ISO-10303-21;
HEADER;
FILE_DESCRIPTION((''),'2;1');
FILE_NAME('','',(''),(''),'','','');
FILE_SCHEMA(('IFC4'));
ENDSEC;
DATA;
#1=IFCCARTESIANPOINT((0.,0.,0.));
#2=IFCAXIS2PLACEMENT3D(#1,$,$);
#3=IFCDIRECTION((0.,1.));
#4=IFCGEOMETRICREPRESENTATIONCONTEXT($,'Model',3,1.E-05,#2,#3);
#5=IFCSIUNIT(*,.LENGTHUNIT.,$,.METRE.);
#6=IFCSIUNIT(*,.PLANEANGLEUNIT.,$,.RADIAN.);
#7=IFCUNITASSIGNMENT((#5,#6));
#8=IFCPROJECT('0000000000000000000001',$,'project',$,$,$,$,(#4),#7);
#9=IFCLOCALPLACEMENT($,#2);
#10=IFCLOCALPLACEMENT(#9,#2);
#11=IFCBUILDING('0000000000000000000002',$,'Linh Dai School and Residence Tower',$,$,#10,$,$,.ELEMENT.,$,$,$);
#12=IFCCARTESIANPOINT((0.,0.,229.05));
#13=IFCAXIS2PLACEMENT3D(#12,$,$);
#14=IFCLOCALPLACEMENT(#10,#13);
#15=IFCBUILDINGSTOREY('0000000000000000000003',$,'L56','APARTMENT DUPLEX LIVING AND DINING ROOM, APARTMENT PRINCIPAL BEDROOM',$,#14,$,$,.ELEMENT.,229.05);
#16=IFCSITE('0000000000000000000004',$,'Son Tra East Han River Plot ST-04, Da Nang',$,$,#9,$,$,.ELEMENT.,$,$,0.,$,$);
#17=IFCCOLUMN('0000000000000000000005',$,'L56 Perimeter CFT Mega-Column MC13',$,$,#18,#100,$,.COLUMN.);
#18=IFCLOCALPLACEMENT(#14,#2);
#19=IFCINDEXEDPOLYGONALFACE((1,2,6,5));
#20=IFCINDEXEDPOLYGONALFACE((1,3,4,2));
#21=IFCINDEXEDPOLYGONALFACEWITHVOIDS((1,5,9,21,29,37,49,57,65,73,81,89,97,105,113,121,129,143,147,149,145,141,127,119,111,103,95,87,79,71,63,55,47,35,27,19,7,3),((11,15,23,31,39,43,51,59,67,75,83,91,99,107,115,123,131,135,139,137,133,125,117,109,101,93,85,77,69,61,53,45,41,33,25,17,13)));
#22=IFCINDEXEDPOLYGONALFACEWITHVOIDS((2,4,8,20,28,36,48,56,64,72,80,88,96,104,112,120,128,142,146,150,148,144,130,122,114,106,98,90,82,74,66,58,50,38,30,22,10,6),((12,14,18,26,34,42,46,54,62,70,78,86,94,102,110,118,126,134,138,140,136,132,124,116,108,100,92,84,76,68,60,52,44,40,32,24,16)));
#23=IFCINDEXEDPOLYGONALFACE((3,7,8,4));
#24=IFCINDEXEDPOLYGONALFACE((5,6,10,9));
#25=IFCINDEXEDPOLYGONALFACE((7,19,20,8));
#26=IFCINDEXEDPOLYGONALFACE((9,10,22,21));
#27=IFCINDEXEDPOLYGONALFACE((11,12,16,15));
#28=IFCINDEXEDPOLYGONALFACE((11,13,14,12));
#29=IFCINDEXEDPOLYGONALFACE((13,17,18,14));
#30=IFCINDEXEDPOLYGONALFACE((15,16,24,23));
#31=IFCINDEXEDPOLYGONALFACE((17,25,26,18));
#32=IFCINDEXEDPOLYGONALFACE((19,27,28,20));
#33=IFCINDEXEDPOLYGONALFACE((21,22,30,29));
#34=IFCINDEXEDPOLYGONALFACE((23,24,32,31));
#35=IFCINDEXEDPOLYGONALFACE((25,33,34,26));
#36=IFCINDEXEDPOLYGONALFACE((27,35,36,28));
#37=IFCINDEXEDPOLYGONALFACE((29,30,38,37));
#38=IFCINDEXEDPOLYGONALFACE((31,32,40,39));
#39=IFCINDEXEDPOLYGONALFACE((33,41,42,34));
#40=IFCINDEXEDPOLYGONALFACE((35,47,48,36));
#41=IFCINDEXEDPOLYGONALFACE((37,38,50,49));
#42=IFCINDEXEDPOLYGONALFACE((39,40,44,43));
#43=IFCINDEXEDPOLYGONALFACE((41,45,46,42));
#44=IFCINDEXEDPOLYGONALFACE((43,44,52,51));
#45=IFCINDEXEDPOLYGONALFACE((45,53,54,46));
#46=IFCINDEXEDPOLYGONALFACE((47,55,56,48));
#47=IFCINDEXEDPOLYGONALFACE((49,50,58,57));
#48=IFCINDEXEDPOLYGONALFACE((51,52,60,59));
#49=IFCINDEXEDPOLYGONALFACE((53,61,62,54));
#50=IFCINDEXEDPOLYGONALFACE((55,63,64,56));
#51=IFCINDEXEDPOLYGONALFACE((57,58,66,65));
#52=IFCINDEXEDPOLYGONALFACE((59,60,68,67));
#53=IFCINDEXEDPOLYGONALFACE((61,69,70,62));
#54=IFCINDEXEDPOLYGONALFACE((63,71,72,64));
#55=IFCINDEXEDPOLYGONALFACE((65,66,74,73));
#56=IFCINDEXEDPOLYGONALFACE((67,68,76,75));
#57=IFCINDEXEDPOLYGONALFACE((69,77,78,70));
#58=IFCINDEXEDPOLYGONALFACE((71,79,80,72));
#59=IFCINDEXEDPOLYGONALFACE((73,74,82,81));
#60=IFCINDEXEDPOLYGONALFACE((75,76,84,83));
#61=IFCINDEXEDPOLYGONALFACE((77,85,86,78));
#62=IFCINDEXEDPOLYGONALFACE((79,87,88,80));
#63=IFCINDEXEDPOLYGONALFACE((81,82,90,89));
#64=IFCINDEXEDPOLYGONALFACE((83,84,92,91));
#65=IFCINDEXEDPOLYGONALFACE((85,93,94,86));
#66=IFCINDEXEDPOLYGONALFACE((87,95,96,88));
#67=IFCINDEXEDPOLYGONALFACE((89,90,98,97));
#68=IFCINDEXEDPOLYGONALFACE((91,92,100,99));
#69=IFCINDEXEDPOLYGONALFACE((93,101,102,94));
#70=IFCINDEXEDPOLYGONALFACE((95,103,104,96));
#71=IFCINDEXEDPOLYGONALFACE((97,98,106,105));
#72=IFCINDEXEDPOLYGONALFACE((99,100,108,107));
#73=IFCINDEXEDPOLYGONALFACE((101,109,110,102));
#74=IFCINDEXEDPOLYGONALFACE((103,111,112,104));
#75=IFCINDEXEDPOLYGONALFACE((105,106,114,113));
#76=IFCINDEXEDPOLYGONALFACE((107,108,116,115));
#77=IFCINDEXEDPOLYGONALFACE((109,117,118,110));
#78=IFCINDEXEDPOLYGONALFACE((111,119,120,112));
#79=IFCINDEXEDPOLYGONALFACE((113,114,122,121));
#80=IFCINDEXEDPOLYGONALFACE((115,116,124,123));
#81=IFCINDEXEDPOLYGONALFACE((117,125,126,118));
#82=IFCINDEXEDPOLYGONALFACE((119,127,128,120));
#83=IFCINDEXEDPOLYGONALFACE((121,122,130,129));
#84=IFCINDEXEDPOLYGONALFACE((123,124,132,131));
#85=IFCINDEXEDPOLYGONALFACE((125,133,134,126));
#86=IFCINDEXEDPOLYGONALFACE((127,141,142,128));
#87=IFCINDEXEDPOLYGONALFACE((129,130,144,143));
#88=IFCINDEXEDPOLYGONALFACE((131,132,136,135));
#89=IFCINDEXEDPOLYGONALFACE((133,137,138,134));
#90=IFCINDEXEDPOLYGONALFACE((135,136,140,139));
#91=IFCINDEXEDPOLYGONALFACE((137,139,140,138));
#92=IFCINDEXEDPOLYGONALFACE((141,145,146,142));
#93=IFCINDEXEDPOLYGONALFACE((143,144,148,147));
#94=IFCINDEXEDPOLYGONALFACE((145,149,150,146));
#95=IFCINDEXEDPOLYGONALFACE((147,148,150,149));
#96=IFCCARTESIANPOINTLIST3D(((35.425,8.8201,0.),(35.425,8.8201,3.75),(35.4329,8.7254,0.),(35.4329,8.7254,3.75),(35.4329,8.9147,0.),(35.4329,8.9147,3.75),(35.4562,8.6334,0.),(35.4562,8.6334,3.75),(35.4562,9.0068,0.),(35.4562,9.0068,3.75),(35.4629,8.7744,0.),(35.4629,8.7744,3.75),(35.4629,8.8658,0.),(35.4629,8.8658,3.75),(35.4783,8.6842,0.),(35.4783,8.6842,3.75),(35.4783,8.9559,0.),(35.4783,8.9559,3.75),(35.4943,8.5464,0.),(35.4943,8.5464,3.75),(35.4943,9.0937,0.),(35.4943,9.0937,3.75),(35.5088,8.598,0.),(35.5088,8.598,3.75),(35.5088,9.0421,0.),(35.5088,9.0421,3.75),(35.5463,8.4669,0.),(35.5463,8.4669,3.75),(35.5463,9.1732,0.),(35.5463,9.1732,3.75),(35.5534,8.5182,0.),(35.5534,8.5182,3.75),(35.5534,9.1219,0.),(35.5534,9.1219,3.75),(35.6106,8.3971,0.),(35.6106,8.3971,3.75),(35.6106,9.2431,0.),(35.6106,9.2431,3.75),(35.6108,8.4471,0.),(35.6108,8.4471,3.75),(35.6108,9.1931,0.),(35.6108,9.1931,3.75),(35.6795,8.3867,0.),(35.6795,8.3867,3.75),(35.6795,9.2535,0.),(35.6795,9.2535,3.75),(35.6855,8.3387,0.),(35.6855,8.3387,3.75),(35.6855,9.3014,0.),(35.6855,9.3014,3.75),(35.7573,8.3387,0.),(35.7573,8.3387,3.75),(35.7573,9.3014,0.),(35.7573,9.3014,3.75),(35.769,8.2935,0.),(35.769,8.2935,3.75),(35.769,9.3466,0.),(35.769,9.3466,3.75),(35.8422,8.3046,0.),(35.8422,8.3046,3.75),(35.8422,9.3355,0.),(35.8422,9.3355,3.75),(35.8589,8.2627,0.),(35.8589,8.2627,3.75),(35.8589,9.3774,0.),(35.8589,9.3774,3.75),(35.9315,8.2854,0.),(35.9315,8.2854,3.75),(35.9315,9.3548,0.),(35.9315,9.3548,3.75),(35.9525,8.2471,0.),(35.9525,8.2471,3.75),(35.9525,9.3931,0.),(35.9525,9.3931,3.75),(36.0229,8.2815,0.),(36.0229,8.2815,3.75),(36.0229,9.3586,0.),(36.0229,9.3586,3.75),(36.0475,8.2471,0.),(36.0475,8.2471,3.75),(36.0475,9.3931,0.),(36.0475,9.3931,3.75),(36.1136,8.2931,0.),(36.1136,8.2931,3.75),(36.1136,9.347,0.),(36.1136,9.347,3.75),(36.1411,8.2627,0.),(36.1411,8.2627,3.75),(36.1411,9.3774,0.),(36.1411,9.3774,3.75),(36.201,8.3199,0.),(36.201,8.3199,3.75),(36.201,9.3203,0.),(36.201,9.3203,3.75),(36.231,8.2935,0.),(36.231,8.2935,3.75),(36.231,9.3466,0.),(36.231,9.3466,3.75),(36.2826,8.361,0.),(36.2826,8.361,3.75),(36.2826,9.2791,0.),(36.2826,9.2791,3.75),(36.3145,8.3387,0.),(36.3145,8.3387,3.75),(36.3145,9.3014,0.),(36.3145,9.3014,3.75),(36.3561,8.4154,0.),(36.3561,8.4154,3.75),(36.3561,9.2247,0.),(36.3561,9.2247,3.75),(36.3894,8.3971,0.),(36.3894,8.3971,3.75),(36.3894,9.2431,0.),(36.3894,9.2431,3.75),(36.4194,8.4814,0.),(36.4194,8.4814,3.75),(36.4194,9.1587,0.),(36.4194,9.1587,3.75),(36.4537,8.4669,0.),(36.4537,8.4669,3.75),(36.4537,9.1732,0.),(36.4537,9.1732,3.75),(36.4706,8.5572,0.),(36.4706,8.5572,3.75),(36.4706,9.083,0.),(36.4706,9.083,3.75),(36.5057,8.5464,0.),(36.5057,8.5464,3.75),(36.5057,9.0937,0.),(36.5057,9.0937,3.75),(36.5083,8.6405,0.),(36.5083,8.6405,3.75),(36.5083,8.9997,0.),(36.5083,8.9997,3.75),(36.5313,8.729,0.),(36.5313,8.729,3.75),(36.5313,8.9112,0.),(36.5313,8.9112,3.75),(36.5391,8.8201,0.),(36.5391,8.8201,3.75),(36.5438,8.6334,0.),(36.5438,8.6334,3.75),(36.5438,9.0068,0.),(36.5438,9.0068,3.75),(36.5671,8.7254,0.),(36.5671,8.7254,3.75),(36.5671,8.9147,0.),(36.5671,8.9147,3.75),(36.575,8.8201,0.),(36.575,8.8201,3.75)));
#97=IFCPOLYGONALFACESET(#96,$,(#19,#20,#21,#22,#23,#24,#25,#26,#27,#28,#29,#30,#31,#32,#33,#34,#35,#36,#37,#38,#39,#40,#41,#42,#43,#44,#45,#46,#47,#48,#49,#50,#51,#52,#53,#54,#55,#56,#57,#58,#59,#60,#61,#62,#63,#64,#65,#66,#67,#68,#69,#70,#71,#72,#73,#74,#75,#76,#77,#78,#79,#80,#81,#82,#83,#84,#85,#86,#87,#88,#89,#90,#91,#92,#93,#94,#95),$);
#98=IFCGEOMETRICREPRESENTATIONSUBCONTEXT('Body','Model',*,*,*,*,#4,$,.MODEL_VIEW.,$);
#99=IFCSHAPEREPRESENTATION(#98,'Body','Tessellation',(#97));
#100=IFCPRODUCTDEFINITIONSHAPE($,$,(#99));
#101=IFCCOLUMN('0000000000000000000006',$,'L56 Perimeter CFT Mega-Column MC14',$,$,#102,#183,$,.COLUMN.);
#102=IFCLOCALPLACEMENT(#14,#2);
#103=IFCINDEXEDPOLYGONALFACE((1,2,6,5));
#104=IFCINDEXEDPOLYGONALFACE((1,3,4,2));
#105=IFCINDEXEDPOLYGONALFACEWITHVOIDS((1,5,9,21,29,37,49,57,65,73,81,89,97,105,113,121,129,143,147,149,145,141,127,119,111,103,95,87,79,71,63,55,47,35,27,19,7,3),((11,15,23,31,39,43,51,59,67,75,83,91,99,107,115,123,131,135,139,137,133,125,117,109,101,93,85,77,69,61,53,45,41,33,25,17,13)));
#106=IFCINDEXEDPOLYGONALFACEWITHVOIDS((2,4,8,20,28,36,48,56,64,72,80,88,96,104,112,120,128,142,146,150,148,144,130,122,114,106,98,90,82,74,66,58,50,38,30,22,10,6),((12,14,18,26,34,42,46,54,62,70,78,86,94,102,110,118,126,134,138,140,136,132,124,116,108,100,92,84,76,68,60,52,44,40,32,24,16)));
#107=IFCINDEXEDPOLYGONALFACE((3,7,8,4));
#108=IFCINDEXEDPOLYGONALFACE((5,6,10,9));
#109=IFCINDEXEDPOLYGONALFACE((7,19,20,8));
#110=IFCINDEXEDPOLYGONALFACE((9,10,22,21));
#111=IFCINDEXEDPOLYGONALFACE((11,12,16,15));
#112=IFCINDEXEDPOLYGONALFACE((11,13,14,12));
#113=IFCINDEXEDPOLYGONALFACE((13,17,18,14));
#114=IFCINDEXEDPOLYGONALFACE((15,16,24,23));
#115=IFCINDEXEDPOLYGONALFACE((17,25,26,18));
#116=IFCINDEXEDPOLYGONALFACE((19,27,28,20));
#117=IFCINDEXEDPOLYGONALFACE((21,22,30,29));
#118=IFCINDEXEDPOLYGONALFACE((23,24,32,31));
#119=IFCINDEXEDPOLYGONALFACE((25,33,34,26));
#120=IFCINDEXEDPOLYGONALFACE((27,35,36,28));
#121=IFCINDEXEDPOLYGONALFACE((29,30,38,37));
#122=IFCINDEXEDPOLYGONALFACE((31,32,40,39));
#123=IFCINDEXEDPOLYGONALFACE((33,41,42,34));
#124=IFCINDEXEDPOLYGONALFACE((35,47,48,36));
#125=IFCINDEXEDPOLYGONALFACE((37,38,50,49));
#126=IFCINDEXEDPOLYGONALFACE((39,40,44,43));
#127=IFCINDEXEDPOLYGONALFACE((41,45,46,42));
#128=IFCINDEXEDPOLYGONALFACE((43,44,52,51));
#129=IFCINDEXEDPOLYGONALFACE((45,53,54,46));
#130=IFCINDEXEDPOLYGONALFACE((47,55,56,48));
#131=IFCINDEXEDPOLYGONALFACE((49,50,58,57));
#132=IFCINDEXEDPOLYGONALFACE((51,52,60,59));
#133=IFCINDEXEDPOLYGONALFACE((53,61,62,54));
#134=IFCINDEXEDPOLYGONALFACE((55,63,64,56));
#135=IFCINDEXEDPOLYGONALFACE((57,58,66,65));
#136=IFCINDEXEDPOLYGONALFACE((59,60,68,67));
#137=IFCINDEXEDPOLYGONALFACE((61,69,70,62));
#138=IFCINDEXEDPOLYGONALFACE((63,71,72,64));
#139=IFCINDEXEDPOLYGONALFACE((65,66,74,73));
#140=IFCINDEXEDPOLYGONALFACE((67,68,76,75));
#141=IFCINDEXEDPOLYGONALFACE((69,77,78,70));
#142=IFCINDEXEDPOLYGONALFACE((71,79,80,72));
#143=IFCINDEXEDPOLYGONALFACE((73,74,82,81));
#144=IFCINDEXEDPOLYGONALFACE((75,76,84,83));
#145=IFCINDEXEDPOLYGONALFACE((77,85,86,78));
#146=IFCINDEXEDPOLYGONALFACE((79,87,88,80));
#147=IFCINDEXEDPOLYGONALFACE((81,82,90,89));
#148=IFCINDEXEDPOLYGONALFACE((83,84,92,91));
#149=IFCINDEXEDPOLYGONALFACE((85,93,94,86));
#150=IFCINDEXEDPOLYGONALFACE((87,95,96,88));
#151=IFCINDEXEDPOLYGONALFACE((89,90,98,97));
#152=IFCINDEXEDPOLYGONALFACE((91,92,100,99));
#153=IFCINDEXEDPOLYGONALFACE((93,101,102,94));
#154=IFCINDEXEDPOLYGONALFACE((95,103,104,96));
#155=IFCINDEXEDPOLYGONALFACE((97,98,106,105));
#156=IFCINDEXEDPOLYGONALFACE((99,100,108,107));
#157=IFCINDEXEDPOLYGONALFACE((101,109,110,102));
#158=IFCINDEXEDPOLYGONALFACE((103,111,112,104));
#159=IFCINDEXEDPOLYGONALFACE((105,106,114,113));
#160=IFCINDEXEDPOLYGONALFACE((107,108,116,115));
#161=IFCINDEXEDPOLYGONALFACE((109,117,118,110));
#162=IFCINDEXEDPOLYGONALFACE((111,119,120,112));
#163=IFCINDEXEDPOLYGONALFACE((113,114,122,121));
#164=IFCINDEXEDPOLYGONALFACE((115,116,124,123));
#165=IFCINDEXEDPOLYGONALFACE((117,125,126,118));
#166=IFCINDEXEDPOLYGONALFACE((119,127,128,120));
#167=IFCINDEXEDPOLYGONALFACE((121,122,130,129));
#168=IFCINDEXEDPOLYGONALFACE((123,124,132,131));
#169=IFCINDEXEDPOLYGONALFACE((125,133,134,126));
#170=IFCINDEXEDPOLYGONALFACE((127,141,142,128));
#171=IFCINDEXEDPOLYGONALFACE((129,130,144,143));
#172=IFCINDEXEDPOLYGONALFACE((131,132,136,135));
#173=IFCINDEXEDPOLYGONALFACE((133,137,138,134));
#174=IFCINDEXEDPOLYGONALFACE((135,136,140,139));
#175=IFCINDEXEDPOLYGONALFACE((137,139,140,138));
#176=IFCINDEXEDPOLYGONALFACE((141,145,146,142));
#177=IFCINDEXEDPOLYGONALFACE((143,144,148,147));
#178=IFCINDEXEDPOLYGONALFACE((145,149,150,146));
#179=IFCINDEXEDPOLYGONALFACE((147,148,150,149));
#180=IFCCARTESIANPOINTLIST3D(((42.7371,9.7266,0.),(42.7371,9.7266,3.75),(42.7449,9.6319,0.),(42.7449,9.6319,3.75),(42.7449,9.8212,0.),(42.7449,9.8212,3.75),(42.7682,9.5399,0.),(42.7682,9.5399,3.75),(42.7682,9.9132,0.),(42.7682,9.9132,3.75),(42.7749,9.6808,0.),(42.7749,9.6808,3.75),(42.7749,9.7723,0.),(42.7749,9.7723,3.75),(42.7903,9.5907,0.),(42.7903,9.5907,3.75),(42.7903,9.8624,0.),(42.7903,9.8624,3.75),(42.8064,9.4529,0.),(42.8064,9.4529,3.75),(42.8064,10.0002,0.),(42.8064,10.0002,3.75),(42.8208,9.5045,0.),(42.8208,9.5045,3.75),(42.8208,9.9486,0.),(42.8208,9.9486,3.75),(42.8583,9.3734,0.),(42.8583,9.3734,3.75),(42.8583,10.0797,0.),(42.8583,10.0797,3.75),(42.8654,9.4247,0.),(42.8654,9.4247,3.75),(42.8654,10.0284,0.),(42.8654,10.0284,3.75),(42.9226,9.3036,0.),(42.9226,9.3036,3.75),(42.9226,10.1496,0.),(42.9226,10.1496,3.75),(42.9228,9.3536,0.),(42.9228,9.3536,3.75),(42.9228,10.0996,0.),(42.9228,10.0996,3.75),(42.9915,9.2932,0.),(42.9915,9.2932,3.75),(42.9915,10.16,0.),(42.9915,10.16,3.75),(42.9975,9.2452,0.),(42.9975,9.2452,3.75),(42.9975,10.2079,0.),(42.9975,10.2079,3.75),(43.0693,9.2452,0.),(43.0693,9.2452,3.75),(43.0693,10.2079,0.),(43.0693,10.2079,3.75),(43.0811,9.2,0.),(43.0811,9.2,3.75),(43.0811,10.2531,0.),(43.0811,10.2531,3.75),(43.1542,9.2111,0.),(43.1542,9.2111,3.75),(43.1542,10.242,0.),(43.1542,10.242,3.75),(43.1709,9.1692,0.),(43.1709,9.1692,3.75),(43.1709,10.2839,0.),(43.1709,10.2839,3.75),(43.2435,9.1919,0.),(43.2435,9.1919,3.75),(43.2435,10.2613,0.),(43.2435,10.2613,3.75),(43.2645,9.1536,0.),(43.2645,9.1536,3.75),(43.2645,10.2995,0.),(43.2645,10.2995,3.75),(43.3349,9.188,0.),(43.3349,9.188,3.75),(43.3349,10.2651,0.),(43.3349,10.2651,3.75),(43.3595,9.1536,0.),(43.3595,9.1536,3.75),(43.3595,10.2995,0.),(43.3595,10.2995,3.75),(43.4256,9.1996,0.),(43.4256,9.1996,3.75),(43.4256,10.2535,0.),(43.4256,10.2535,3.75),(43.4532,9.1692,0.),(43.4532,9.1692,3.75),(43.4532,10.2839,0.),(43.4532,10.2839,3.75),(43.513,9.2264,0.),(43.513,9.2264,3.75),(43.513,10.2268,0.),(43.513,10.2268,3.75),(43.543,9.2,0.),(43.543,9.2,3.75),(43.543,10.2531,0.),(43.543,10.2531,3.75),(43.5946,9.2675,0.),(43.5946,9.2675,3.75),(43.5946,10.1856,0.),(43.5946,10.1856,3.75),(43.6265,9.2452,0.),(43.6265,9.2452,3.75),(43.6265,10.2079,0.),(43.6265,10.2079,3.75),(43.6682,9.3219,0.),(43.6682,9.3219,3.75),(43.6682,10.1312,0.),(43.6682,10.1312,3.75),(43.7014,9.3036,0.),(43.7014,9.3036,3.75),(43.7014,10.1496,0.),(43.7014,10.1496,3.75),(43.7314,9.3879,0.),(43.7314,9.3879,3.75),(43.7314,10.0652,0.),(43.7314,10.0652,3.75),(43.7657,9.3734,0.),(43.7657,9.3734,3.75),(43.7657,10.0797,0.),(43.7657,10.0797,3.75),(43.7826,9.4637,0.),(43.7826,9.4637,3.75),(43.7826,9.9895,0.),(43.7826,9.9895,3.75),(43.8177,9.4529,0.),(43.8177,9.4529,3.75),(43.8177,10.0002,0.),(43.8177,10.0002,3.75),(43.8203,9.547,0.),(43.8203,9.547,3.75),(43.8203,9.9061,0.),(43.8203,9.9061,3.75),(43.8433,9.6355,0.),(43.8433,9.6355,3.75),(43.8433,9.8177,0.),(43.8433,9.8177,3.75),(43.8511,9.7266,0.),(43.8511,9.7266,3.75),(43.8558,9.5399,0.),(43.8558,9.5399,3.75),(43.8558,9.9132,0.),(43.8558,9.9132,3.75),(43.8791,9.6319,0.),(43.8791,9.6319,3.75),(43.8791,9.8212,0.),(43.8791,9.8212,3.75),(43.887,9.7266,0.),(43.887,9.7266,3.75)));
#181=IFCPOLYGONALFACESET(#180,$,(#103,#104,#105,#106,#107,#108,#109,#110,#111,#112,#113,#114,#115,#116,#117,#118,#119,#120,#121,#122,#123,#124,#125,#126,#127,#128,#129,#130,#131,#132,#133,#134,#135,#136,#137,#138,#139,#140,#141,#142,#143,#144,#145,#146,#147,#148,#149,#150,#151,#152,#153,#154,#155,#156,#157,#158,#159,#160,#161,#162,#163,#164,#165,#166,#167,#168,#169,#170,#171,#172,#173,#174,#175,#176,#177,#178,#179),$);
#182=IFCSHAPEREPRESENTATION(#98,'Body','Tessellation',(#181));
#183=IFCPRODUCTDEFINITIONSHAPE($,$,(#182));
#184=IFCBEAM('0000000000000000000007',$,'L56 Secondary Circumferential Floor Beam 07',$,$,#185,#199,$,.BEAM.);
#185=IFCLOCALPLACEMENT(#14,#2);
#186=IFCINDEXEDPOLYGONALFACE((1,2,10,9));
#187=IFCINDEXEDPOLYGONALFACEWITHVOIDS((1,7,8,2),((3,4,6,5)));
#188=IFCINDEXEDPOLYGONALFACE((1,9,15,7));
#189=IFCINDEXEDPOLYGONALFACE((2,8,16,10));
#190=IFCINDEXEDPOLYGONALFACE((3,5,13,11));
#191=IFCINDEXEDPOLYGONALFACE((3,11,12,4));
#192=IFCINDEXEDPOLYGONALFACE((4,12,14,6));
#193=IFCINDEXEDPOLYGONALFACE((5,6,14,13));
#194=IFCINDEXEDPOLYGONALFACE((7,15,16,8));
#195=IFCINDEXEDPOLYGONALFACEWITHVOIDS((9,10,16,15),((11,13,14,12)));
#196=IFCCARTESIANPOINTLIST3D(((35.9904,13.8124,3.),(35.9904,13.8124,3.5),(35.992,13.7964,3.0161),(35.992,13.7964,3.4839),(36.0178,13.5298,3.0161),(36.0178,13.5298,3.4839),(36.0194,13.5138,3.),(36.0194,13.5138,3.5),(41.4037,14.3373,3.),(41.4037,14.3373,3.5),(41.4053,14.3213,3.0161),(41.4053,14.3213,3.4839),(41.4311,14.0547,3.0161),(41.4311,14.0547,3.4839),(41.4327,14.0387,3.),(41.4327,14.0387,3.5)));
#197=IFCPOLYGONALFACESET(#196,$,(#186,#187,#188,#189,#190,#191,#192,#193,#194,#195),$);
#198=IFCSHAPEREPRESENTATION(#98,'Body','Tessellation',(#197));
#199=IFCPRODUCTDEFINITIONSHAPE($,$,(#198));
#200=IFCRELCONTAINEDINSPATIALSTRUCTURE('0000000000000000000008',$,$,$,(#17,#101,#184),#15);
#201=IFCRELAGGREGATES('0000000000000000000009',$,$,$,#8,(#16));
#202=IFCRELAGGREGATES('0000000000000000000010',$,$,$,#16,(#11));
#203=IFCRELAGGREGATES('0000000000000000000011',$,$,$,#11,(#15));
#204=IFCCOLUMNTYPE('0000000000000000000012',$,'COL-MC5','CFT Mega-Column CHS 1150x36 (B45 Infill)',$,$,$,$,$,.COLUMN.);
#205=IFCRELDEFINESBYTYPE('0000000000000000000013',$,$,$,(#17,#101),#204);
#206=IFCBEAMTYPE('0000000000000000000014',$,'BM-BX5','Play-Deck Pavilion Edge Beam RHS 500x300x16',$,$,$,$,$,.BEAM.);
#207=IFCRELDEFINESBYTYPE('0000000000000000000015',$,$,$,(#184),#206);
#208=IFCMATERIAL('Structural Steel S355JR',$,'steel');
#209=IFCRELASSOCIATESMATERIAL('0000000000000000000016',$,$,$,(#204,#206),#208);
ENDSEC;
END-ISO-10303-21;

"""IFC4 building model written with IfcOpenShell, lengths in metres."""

from ifc_helpers import new_model, si_unit, direction, frame, origin, origin_2d, place, context, subcontext, project, spatial, hollow_rectangle, hollow_circle, extrude, material, material_profile, profile_set, type_object, element, save


model = new_model("IFC4")

# Units and contexts
model_context = context("Model", 3, precision=1e-05, world=origin(), true_north=direction((0.0, 1.0)))
body_context = subcontext(model_context, "Body", "Model", "MODEL_VIEW")
ifc_project = project(units=[si_unit("LENGTHUNIT", "METRE"), si_unit("PLANEANGLEUNIT", "RADIAN")], contexts=[model_context])

# Site, building, storey
site_placement = place(None, origin())
site = spatial("IfcSite", under=ifc_project, at=site_placement, Name="Son Tra East Han River Plot ST-04, Da Nang", CompositionType="ELEMENT", RefElevation=0.0)
building_placement = place(site_placement, origin())
building = spatial("IfcBuilding", under=site, at=building_placement, Name="Linh Dai School and Residence Tower", CompositionType="ELEMENT")
storey_placement = place(building_placement, frame((0.0, 0.0, 229.05)))
storey = spatial("IfcBuildingStorey", under=building, at=storey_placement, Name="L56", Description="APARTMENT DUPLEX LIVING AND DINING ROOM, APARTMENT PRINCIPAL BEDROOM", CompositionType="ELEMENT", Elevation=229.05)

# Columns
ifc_material_1 = material(Name="Structural Steel S355JR", Category="steel")
ifc_material_profile_1 = material_profile(ifc_material_1, hollow_circle(Radius=0.575, WallThickness=0.0359, at=origin_2d()), Name="CHS 1150x36")
ifc_profile_set_1 = profile_set([ifc_material_profile_1], Name="Structural Steel S355JR")
column_type = type_object("IfcColumnType", Name="COL-MC5", Description="CFT Mega-Column CHS 1150x36 (B45 Infill)", PredefinedType="COLUMN", material=ifc_profile_set_1)
for number, where, z_axis, x_axis, name in (
    (1, (36.0, 8.8201, 0.0), (0.0, 0.0, 1.0), (1.0, 0.0, 0.0), "L56 Perimeter CFT Mega-Column MC13"),
    (2, (43.312, 9.7266, 0.0), (0.0, 0.0, 1.0), (1.0, 0.0, 0.0), "L56 Perimeter CFT Mega-Column MC14"),
):
    element("IfcColumn", number, at=place(storey_placement, frame(where, z_axis=z_axis, x_axis=x_axis)), inside=storey, type_object=column_type, Name=name, PredefinedType="COLUMN", context=body_context, shape_type="SweptSolid", body=[
        extrude(hollow_circle(Radius=0.575, WallThickness=0.0359, at=origin_2d()), origin(), (0.0, 0.0, 1.0), 3.75),
    ])

# Beam
ifc_material_profile_2 = material_profile(ifc_material_1, hollow_rectangle(XDim=0.3, YDim=0.5, WallThickness=0.0161, at=origin_2d()), Name="RHS 500x300x16")
ifc_profile_set_2 = profile_set([ifc_material_profile_2], Name="Structural Steel S355JR")
beam_type_1 = type_object("IfcBeamType", Name="BM-BX5", Description="Play-Deck Pavilion Edge Beam RHS 500x300x16", PredefinedType="BEAM", material=ifc_profile_set_2)
beam_1_placement = place(storey_placement, frame((36.0049, 13.6631, 3.25), z_axis=(0.995332, 0.096512, 0.0), x_axis=(-0.096512, 0.995332, 0.0)))
element("IfcBeam", 3, at=beam_1_placement, inside=storey, type_object=beam_type_1, Name="L56 Secondary Circumferential Floor Beam 07", PredefinedType="BEAM", context=body_context, shape_type="SweptSolid", body=[
    extrude(hollow_rectangle(XDim=0.3, YDim=0.5, WallThickness=0.0161, at=origin_2d()), origin(), (0.0, 0.0, 1.0), 5.4387),
])

save(model, "model.ifc")
